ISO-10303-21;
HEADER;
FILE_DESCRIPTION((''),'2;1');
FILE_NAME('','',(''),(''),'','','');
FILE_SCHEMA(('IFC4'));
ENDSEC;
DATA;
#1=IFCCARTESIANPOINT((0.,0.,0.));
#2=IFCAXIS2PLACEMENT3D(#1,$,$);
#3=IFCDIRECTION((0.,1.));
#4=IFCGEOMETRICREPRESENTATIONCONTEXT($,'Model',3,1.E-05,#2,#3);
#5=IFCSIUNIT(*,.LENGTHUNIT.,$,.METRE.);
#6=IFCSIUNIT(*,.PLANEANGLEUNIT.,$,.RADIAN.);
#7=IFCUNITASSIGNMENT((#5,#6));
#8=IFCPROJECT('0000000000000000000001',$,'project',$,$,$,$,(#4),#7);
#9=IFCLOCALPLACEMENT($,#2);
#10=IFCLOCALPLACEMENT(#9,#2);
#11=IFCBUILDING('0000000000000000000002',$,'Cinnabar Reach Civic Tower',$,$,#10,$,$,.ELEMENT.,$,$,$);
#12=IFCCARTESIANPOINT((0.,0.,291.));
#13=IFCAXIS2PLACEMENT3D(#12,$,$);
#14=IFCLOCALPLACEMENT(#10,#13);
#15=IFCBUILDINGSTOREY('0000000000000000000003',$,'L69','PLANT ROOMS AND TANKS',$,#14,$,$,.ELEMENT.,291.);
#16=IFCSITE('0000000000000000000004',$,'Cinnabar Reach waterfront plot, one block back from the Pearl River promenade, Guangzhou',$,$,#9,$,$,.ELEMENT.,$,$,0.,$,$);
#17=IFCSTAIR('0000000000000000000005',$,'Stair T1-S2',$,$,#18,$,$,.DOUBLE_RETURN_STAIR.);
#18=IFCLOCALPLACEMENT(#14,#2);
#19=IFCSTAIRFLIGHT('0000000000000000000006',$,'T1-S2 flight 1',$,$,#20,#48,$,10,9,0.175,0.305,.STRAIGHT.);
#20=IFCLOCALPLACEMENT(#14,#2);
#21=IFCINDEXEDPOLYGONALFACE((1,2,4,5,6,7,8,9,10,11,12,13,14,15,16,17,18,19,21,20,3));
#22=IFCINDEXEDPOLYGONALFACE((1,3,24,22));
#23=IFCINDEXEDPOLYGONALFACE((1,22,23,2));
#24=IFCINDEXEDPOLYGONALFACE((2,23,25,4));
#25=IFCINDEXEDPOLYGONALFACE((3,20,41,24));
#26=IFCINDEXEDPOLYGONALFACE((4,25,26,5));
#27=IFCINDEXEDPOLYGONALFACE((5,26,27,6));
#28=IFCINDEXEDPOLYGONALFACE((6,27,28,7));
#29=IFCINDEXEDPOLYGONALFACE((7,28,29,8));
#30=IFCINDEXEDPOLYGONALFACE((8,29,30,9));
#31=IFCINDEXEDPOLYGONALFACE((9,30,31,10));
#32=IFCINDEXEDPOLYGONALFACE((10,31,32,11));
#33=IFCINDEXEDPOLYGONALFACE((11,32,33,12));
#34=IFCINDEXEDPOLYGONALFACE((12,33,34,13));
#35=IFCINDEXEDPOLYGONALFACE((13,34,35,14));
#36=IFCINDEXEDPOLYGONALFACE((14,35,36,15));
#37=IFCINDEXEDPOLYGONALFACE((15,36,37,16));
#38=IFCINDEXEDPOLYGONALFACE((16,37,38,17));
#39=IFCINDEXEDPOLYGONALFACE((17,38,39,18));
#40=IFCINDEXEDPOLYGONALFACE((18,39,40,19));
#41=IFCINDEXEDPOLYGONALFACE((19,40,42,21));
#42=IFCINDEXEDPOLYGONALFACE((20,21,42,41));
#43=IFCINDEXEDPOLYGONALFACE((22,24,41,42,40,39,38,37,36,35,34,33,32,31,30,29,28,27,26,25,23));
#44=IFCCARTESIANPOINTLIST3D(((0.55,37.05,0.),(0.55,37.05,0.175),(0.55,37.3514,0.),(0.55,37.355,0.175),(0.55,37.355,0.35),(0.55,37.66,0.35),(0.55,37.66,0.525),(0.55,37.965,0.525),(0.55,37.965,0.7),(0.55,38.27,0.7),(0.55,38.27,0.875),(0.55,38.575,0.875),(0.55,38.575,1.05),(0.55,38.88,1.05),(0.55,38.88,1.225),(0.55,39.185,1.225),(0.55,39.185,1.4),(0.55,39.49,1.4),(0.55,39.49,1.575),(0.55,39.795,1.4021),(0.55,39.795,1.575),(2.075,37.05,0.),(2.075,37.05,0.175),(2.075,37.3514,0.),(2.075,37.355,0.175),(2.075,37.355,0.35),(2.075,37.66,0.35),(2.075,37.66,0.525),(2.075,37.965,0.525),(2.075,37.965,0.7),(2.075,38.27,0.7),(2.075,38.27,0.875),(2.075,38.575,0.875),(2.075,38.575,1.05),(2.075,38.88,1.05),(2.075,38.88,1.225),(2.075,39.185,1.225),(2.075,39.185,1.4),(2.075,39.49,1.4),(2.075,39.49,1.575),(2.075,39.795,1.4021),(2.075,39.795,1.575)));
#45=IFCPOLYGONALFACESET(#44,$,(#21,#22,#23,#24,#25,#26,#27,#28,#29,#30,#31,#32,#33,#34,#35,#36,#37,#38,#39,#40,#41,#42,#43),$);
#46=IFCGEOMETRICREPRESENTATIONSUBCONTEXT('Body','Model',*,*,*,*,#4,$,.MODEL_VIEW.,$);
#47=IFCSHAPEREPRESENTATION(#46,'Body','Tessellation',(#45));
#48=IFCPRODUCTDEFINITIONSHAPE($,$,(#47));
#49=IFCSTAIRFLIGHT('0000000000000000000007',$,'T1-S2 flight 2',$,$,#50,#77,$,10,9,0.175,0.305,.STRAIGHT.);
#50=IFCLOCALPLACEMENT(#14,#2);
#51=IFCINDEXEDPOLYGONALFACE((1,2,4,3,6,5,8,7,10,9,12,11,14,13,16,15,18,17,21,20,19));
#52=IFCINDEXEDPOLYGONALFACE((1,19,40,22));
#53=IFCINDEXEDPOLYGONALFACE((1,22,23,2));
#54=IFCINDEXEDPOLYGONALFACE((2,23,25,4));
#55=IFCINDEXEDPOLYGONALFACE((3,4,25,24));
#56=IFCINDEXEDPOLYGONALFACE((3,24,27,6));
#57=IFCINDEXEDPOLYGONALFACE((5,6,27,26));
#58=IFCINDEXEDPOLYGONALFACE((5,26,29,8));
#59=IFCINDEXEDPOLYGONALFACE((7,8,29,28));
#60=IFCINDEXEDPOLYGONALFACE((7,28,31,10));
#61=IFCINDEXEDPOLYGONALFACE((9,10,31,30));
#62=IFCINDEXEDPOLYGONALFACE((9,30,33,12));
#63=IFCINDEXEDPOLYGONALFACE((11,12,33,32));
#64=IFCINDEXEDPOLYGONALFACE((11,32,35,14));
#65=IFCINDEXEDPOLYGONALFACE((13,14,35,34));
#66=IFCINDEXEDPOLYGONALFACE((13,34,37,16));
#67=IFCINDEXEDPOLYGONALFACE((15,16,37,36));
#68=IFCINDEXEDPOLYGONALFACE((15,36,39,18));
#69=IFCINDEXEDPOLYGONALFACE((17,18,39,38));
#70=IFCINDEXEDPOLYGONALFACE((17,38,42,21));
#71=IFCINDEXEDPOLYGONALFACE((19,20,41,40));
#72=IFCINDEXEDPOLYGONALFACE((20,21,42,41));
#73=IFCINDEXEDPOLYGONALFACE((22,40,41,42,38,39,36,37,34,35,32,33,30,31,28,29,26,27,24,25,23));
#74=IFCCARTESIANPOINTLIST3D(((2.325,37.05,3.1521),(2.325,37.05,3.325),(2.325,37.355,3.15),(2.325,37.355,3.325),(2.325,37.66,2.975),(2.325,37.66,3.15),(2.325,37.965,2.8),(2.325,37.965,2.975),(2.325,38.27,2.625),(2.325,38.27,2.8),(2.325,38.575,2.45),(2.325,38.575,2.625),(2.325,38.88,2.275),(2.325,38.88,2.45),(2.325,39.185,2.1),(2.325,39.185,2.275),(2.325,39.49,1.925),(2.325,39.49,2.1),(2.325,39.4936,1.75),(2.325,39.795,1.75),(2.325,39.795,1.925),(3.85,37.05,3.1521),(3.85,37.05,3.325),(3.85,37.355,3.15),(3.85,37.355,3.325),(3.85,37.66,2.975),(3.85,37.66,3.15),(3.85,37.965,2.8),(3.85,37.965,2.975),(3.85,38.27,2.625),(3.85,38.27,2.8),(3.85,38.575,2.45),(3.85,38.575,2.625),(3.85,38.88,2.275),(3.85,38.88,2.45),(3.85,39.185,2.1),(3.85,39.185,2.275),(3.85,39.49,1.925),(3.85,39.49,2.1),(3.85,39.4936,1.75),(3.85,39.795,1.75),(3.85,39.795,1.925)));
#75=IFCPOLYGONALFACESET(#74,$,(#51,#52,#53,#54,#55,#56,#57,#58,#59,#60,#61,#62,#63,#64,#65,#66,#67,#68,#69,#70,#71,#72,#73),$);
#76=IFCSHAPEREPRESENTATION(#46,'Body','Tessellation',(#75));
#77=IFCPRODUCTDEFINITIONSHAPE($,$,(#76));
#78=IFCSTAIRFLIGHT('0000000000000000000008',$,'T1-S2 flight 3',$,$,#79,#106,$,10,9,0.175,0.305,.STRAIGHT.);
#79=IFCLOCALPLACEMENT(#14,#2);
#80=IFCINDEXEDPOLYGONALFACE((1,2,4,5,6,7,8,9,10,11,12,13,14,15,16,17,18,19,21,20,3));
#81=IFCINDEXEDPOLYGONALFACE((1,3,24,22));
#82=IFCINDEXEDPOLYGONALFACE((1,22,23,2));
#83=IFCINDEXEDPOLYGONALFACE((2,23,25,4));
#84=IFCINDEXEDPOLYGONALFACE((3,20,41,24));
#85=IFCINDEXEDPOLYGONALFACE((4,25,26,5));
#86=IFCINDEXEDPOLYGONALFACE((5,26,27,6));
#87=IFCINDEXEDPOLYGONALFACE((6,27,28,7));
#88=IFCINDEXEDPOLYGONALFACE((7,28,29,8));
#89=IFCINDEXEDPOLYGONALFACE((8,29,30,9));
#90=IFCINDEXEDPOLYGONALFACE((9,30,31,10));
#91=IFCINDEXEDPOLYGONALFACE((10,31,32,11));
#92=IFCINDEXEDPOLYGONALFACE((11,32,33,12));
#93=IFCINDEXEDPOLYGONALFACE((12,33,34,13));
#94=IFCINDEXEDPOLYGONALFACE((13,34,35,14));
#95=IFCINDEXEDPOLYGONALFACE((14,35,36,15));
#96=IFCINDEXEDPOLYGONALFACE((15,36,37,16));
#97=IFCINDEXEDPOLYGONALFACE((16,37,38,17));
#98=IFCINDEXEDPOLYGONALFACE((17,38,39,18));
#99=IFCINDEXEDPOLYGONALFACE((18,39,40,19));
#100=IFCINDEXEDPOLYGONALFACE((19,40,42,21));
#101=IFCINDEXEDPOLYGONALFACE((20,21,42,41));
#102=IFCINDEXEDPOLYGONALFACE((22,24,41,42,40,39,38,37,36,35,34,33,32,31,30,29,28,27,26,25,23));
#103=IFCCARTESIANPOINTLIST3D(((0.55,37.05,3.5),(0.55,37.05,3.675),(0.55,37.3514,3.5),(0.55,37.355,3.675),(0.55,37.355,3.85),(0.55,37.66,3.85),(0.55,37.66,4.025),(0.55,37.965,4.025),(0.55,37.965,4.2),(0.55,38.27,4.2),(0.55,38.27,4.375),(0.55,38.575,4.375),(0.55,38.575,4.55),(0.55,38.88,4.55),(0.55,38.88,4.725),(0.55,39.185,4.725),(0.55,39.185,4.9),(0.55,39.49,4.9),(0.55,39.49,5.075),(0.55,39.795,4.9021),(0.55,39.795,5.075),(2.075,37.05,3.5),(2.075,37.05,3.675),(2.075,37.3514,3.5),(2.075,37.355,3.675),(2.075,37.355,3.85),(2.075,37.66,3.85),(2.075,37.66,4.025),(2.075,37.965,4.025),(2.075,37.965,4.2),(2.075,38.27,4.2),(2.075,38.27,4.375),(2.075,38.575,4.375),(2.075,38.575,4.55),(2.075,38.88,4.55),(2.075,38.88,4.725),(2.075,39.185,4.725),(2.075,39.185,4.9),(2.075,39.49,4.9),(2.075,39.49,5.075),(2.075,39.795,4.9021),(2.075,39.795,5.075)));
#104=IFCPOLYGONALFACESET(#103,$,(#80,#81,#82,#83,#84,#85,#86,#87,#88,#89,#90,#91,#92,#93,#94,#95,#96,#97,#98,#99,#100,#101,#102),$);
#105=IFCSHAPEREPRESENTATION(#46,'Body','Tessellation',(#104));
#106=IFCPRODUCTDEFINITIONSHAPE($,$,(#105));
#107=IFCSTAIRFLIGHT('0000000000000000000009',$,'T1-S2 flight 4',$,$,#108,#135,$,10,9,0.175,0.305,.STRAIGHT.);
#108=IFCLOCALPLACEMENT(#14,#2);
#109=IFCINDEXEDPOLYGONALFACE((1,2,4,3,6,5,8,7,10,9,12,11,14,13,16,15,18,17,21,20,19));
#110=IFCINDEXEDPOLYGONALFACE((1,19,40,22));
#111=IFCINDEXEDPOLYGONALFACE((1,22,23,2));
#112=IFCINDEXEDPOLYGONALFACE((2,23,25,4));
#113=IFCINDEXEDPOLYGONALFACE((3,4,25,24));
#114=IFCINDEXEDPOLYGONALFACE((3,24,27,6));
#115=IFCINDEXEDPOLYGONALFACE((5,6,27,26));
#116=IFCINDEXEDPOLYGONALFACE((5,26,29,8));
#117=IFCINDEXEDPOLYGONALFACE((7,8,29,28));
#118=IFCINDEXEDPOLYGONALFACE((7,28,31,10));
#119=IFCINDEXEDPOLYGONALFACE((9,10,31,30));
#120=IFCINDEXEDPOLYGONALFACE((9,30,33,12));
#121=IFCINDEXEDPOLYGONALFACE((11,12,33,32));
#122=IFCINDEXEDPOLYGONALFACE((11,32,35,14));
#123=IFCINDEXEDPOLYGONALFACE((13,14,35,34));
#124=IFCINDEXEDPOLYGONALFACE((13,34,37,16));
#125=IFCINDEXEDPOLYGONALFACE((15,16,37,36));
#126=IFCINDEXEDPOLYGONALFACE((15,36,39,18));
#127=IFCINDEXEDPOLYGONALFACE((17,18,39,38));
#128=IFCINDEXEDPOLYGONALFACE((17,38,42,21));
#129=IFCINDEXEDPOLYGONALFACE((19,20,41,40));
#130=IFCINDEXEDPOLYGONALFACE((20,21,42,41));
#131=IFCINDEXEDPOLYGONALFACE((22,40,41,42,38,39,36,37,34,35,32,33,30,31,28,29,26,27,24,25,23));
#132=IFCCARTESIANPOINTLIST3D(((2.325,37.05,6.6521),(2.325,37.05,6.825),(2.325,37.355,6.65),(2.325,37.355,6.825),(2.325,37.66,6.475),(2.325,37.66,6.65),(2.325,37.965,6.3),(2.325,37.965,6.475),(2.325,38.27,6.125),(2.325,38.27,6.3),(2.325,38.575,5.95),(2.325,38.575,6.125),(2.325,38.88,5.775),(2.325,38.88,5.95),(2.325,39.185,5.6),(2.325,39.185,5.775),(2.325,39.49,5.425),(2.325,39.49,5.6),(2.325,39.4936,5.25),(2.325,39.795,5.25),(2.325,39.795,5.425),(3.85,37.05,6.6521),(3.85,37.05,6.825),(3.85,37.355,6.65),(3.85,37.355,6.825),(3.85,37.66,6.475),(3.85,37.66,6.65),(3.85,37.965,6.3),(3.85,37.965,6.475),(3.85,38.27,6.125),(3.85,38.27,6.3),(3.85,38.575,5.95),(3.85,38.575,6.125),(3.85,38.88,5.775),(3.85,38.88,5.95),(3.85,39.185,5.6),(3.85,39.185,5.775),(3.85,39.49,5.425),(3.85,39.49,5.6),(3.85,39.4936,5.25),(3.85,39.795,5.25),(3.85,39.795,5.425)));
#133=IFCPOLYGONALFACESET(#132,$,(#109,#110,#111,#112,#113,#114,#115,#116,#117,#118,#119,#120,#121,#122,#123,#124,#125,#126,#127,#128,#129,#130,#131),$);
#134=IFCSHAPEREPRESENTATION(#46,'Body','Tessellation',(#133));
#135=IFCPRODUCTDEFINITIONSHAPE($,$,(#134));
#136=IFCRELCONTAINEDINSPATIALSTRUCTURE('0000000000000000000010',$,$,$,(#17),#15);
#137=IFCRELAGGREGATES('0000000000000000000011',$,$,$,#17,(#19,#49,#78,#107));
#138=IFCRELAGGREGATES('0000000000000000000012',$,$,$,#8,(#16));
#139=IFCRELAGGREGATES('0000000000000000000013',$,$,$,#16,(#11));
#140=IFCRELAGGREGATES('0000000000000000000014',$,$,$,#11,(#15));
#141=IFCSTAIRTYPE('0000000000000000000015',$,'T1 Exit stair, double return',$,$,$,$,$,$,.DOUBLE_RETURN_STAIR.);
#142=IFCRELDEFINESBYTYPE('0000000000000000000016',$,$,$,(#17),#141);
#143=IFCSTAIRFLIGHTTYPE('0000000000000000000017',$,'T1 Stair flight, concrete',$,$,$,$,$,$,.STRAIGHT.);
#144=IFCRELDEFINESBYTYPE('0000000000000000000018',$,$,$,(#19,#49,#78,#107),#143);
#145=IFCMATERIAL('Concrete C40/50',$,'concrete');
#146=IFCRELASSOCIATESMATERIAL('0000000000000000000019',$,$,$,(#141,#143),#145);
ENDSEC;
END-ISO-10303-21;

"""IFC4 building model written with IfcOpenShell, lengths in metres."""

from ifc_helpers import new_model, si_unit, direction, frame, origin, place, context, subcontext, project, spatial, polyline, outline, extrude, material, type_object, element, aggregate, save


model = new_model("IFC4")

# Units and contexts
model_context = context("Model", 3, precision=1e-05, world=origin(), true_north=direction((0.0, 1.0)))
body_context = subcontext(model_context, "Body", "Model", "MODEL_VIEW")
ifc_project = project(units=[si_unit("LENGTHUNIT", "METRE"), si_unit("PLANEANGLEUNIT", "RADIAN")], contexts=[model_context])

# Site, building, storey
site_placement = place(None, origin())
site = spatial("IfcSite", under=ifc_project, at=site_placement, Name="Cinnabar Reach waterfront plot, one block back from the Pearl River promenade, Guangzhou", CompositionType="ELEMENT", RefElevation=0.0)
building_placement = place(site_placement, origin())
building = spatial("IfcBuilding", under=site, at=building_placement, Name="Cinnabar Reach Civic Tower", CompositionType="ELEMENT")
storey_placement = place(building_placement, frame((0.0, 0.0, 291.0)))
storey = spatial("IfcBuildingStorey", under=building, at=storey_placement, Name="L69", Description="PLANT ROOMS AND TANKS", CompositionType="ELEMENT", Elevation=291.0)

# Shared definitions
ifc_material_1 = material(Name="Concrete C40/50", Category="concrete")

# Stair, stair flights
stair_type = type_object("IfcStairType", Name="T1 Exit stair, double return", PredefinedType="DOUBLE_RETURN_STAIR", material=ifc_material_1)
stair_placement = place(storey_placement, origin())
stair = element("IfcStair", 1, at=stair_placement, inside=storey, type_object=stair_type, Name="Stair T1-S2", PredefinedType="DOUBLE_RETURN_STAIR")
stair_flight_type = type_object("IfcStairFlightType", Name="T1 Stair flight, concrete", PredefinedType="STRAIGHT", material=ifc_material_1)
stair_flight_1_placement = place(storey_placement, frame((1.3125, 37.05, 0.0), z_axis=(0.0, 0.0, 1.0), x_axis=(0.0, 1.0, 0.0)))
stair_flight_1 = element("IfcStairFlight", 2, at=stair_flight_1_placement, type_object=stair_flight_type, Name="T1-S2 flight 1", NumberOfRisers=10, NumberOfTreads=9, PredefinedType="STRAIGHT", RiserHeight=0.175, TreadLength=0.305, context=body_context, shape_type="SweptSolid", body=[
    extrude(outline(polyline([(0.0, 0.0), (0.0, 0.175), (0.305, 0.175), (0.305, 0.35), (0.61, 0.35), (0.61, 0.525), (0.915, 0.525), (0.915, 0.7), (1.22, 0.7), (1.22, 0.875), (1.525, 0.875), (1.525, 1.05), (1.83, 1.05), (1.83, 1.225), (2.135, 1.225), (2.135, 1.4), (2.44, 1.4), (2.44, 1.575), (2.745, 1.575), (2.745, 1.75), (2.745, 1.4021), (0.3014, 0.0), (0.0, 0.0)])), frame((0.0, 0.7625, 0.0), z_axis=(0.0, -1.0, 0.0), x_axis=(1.0, 0.0, 0.0)), (0.0, 0.0, 1.0), 1.525),
])
stair_flight_2_placement = place(storey_placement, frame((3.0875, 39.795, 1.75), z_axis=(0.0, 0.0, 1.0), x_axis=(0.0, -1.0, 0.0)))
stair_flight_2 = element("IfcStairFlight", 3, at=stair_flight_2_placement, type_object=stair_flight_type, Name="T1-S2 flight 2", NumberOfRisers=10, NumberOfTreads=9, PredefinedType="STRAIGHT", RiserHeight=0.175, TreadLength=0.305, context=body_context, shape_type="SweptSolid", body=[
    extrude(outline(polyline([(0.0, 0.0), (0.0, 0.175), (0.305, 0.175), (0.305, 0.35), (0.61, 0.35), (0.61, 0.525), (0.915, 0.525), (0.915, 0.7), (1.22, 0.7), (1.22, 0.875), (1.525, 0.875), (1.525, 1.05), (1.83, 1.05), (1.83, 1.225), (2.135, 1.225), (2.135, 1.4), (2.44, 1.4), (2.44, 1.575), (2.745, 1.575), (2.745, 1.75), (2.745, 1.4021), (0.3014, 0.0), (0.0, 0.0)])), frame((0.0, 0.7625, 0.0), z_axis=(0.0, -1.0, 0.0), x_axis=(1.0, 0.0, 0.0)), (0.0, 0.0, 1.0), 1.525),
])
stair_flight_3_placement = place(storey_placement, frame((1.3125, 37.05, 3.5), z_axis=(0.0, 0.0, 1.0), x_axis=(0.0, 1.0, 0.0)))
stair_flight_3 = element("IfcStairFlight", 4, at=stair_flight_3_placement, type_object=stair_flight_type, Name="T1-S2 flight 3", NumberOfRisers=10, NumberOfTreads=9, PredefinedType="STRAIGHT", RiserHeight=0.175, TreadLength=0.305, context=body_context, shape_type="SweptSolid", body=[
    extrude(outline(polyline([(0.0, 0.0), (0.0, 0.175), (0.305, 0.175), (0.305, 0.35), (0.61, 0.35), (0.61, 0.525), (0.915, 0.525), (0.915, 0.7), (1.22, 0.7), (1.22, 0.875), (1.525, 0.875), (1.525, 1.05), (1.83, 1.05), (1.83, 1.225), (2.135, 1.225), (2.135, 1.4), (2.44, 1.4), (2.44, 1.575), (2.745, 1.575), (2.745, 1.75), (2.745, 1.4021), (0.3014, 0.0), (0.0, 0.0)])), frame((0.0, 0.7625, 0.0), z_axis=(0.0, -1.0, 0.0), x_axis=(1.0, 0.0, 0.0)), (0.0, 0.0, 1.0), 1.525),
])
stair_flight_4_placement = place(storey_placement, frame((3.0875, 39.795, 5.25), z_axis=(0.0, 0.0, 1.0), x_axis=(0.0, -1.0, 0.0)))
stair_flight_4 = element("IfcStairFlight", 5, at=stair_flight_4_placement, type_object=stair_flight_type, Name="T1-S2 flight 4", NumberOfRisers=10, NumberOfTreads=9, PredefinedType="STRAIGHT", RiserHeight=0.175, TreadLength=0.305, context=body_context, shape_type="SweptSolid", body=[
    extrude(outline(polyline([(0.0, 0.0), (0.0, 0.175), (0.305, 0.175), (0.305, 0.35), (0.61, 0.35), (0.61, 0.525), (0.915, 0.525), (0.915, 0.7), (1.22, 0.7), (1.22, 0.875), (1.525, 0.875), (1.525, 1.05), (1.83, 1.05), (1.83, 1.225), (2.135, 1.225), (2.135, 1.4), (2.44, 1.4), (2.44, 1.575), (2.745, 1.575), (2.745, 1.75), (2.745, 1.4021), (0.3014, 0.0), (0.0, 0.0)])), frame((0.0, 0.7625, 0.0), z_axis=(0.0, -1.0, 0.0), x_axis=(1.0, 0.0, 0.0)), (0.0, 0.0, 1.0), 1.525),
])
aggregate(stair, [stair_flight_1, stair_flight_2, stair_flight_3, stair_flight_4])

save(model, "model.ifc")
